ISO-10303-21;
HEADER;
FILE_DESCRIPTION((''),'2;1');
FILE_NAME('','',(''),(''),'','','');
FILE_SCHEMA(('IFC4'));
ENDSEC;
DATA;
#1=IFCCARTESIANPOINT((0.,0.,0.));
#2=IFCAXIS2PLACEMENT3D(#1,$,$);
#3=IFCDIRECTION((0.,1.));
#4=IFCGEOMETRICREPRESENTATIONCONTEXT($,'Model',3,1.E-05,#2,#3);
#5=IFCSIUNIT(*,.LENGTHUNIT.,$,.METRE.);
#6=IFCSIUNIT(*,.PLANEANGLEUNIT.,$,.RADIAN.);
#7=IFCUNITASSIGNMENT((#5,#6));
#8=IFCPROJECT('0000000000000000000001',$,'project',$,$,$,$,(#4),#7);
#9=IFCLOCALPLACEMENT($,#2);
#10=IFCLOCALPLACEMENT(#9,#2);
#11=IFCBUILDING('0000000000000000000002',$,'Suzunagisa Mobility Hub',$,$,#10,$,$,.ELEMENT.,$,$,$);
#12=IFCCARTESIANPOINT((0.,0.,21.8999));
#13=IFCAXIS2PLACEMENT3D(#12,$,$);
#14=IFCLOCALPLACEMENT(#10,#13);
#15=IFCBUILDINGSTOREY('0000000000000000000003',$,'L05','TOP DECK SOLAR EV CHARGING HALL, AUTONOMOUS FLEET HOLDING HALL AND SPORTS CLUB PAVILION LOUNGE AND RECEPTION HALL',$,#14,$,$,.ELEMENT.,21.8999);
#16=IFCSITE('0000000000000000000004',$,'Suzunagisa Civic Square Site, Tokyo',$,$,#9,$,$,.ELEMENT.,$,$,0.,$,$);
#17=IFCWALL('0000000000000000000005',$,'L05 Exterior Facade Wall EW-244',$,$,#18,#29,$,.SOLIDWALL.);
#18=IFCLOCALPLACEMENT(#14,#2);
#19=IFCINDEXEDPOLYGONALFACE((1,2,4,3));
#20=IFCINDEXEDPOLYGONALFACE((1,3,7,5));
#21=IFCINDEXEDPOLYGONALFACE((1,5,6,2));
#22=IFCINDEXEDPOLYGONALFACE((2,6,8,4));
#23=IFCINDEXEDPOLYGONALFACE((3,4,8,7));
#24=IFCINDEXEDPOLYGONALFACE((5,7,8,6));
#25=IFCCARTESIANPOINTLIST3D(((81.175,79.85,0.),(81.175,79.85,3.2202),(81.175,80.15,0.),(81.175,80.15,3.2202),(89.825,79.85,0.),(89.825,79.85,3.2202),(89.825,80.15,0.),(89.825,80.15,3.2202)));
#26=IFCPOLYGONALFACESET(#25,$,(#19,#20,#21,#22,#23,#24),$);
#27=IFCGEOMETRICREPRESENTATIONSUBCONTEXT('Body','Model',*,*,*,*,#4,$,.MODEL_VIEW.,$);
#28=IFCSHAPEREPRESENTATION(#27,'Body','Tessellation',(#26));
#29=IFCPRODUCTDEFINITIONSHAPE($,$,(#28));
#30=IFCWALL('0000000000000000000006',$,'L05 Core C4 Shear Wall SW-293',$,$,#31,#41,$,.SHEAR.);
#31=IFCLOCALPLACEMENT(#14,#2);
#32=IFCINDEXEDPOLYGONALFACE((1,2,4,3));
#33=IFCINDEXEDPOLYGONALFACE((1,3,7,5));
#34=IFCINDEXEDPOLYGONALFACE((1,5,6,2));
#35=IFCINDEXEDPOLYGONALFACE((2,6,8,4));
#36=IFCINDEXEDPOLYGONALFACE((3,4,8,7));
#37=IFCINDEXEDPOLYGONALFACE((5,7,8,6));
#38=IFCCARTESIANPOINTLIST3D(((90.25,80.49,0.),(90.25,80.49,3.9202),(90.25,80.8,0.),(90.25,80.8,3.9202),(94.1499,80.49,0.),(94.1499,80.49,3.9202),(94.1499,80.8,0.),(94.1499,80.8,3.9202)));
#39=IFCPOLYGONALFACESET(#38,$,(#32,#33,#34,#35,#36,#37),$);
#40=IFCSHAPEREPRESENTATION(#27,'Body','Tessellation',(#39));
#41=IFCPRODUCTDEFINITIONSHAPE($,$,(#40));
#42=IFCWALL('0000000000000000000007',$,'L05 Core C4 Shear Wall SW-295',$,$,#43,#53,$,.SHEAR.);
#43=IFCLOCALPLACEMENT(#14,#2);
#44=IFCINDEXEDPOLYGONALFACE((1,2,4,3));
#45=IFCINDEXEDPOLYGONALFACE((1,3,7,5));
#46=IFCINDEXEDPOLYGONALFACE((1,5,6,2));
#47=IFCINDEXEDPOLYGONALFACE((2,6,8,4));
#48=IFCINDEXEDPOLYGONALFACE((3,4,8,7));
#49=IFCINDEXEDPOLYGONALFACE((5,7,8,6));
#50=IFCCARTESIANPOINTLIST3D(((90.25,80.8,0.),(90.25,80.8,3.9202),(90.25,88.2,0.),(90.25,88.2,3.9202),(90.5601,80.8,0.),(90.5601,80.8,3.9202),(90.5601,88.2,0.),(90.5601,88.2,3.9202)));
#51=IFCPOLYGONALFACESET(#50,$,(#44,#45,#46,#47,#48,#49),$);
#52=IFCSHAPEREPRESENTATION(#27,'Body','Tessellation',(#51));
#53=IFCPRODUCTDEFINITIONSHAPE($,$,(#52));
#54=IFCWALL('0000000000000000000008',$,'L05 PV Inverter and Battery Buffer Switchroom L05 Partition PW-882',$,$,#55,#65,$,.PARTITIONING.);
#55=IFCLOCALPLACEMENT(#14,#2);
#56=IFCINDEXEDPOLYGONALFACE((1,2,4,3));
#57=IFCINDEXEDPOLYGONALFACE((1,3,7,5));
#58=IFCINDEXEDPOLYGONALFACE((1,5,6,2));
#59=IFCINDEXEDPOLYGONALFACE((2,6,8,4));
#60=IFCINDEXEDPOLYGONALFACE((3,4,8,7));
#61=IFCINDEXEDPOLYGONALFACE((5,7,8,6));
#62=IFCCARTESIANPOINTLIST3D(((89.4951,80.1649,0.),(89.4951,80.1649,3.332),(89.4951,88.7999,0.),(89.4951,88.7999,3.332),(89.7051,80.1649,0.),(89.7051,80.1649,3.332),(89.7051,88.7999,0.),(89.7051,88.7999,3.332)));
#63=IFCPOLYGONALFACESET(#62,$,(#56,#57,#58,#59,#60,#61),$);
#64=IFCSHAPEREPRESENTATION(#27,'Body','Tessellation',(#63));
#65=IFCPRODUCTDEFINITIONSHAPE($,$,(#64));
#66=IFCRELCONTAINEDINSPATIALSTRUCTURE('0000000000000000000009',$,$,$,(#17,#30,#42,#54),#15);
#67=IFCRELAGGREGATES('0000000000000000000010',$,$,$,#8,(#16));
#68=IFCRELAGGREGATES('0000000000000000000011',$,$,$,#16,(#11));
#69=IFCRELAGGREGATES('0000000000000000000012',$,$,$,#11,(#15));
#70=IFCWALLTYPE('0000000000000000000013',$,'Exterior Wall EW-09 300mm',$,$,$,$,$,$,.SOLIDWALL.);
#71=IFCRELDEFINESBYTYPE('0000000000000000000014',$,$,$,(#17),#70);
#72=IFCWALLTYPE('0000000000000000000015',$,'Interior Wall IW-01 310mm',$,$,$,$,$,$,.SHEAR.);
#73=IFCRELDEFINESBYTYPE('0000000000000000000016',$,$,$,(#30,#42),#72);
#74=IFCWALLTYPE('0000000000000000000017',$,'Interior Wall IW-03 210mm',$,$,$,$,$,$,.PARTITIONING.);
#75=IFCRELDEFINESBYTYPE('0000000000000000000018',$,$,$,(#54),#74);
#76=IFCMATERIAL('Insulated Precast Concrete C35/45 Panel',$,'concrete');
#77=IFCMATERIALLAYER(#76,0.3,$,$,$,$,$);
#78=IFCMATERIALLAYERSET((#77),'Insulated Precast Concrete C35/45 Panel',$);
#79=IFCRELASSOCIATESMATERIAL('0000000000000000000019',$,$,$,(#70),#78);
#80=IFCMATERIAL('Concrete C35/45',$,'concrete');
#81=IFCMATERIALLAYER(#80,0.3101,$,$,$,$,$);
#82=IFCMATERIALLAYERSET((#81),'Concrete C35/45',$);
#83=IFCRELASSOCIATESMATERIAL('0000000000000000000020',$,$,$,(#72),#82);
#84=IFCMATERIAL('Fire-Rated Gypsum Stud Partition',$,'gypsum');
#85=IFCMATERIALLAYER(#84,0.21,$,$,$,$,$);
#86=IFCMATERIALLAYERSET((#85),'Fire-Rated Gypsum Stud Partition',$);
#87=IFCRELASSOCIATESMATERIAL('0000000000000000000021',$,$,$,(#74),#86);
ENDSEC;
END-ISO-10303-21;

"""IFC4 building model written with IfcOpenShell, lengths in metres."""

from ifc_helpers import new_model, si_unit, direction, frame, frame_2d, origin, place, context, subcontext, project, spatial, rectangle, extrude, material, layer, layer_set, type_object, element, save


model = new_model("IFC4")

# Units and contexts
model_context = context("Model", 3, precision=1e-05, world=origin(), true_north=direction((0.0, 1.0)))
body_context = subcontext(model_context, "Body", "Model", "MODEL_VIEW")
ifc_project = project(units=[si_unit("LENGTHUNIT", "METRE"), si_unit("PLANEANGLEUNIT", "RADIAN")], contexts=[model_context])

# Site, building, storey
site_placement = place(None, origin())
site = spatial("IfcSite", under=ifc_project, at=site_placement, Name="Suzunagisa Civic Square Site, Tokyo", CompositionType="ELEMENT", RefElevation=0.0)
building_placement = place(site_placement, origin())
building = spatial("IfcBuilding", under=site, at=building_placement, Name="Suzunagisa Mobility Hub", CompositionType="ELEMENT")
storey_placement = place(building_placement, frame((0.0, 0.0, 21.8999)))
storey = spatial("IfcBuildingStorey", under=building, at=storey_placement, Name="L05", Description="TOP DECK SOLAR EV CHARGING HALL, AUTONOMOUS FLEET HOLDING HALL AND SPORTS CLUB PAVILION LOUNGE AND RECEPTION HALL", CompositionType="ELEMENT", Elevation=21.8999)

# Walls
ifc_material_1 = material(Name="Insulated Precast Concrete C35/45 Panel", Category="concrete")
ifc_layer_1 = layer(ifc_material_1, 0.3)
ifc_layer_set_1 = layer_set([ifc_layer_1], Name="Insulated Precast Concrete C35/45 Panel")
wall_type_1 = type_object("IfcWallType", Name="Exterior Wall EW-09 300mm", PredefinedType="SOLIDWALL", material=ifc_layer_set_1)
wall_1_placement = place(storey_placement, frame((81.175, 80.0, 0.0), z_axis=(0.0, 0.0, 1.0), x_axis=(1.0, 0.0, 0.0)))
element("IfcWall", 1, at=wall_1_placement, inside=storey, type_object=wall_type_1, Name="L05 Exterior Facade Wall EW-244", PredefinedType="SOLIDWALL", context=body_context, shape_type="SweptSolid", body=[
    extrude(rectangle(XDim=8.6499, YDim=0.3, at=frame_2d((4.325, 0.0))), origin(), (0.0, 0.0, 1.0), 3.2202),
])
ifc_material_2 = material(Name="Concrete C35/45", Category="concrete")
ifc_layer_2 = layer(ifc_material_2, 0.3101)
ifc_layer_set_2 = layer_set([ifc_layer_2], Name="Concrete C35/45")
wall_type_2 = type_object("IfcWallType", Name="Interior Wall IW-01 310mm", PredefinedType="SHEAR", material=ifc_layer_set_2)
wall_2_placement = place(storey_placement, frame((90.25, 80.645, 0.0), z_axis=(0.0, 0.0, 1.0), x_axis=(1.0, 0.0, 0.0)))
element("IfcWall", 2, at=wall_2_placement, inside=storey, type_object=wall_type_2, Name="L05 Core C4 Shear Wall SW-293", PredefinedType="SHEAR", context=body_context, shape_type="SweptSolid", body=[
    extrude(rectangle(XDim=3.8999, YDim=0.3101, at=frame_2d((1.95, 0.0))), origin(), (0.0, 0.0, 1.0), 3.9202),
])
wall_3_placement = place(storey_placement, frame((90.405, 80.8, 0.0), z_axis=(0.0, 0.0, 1.0), x_axis=(0.0, 1.0, 0.0)))
element("IfcWall", 3, at=wall_3_placement, inside=storey, type_object=wall_type_2, Name="L05 Core C4 Shear Wall SW-295", PredefinedType="SHEAR", context=body_context, shape_type="SweptSolid", body=[
    extrude(rectangle(XDim=7.3999, YDim=0.3101, at=frame_2d((3.7, 0.0))), origin(), (0.0, 0.0, 1.0), 3.9202),
])
ifc_material_3 = material(Name="Fire-Rated Gypsum Stud Partition", Category="gypsum")
ifc_layer_3 = layer(ifc_material_3, 0.21)
ifc_layer_set_3 = layer_set([ifc_layer_3], Name="Fire-Rated Gypsum Stud Partition")
wall_type_3 = type_object("IfcWallType", Name="Interior Wall IW-03 210mm", PredefinedType="PARTITIONING", material=ifc_layer_set_3)
wall_4_placement = place(storey_placement, frame((89.6001, 80.165, 0.0), z_axis=(0.0, 0.0, 1.0), x_axis=(0.0, 1.0, 0.0)))
element("IfcWall", 4, at=wall_4_placement, inside=storey, type_object=wall_type_3, Name="L05 PV Inverter and Battery Buffer Switchroom L05 Partition PW-882", PredefinedType="PARTITIONING", context=body_context, shape_type="SweptSolid", body=[
    extrude(rectangle(XDim=8.635, YDim=0.21, at=frame_2d((4.3174, 0.0))), origin(), (0.0, 0.0, 1.0), 3.332),
])

save(model, "model.ifc")
